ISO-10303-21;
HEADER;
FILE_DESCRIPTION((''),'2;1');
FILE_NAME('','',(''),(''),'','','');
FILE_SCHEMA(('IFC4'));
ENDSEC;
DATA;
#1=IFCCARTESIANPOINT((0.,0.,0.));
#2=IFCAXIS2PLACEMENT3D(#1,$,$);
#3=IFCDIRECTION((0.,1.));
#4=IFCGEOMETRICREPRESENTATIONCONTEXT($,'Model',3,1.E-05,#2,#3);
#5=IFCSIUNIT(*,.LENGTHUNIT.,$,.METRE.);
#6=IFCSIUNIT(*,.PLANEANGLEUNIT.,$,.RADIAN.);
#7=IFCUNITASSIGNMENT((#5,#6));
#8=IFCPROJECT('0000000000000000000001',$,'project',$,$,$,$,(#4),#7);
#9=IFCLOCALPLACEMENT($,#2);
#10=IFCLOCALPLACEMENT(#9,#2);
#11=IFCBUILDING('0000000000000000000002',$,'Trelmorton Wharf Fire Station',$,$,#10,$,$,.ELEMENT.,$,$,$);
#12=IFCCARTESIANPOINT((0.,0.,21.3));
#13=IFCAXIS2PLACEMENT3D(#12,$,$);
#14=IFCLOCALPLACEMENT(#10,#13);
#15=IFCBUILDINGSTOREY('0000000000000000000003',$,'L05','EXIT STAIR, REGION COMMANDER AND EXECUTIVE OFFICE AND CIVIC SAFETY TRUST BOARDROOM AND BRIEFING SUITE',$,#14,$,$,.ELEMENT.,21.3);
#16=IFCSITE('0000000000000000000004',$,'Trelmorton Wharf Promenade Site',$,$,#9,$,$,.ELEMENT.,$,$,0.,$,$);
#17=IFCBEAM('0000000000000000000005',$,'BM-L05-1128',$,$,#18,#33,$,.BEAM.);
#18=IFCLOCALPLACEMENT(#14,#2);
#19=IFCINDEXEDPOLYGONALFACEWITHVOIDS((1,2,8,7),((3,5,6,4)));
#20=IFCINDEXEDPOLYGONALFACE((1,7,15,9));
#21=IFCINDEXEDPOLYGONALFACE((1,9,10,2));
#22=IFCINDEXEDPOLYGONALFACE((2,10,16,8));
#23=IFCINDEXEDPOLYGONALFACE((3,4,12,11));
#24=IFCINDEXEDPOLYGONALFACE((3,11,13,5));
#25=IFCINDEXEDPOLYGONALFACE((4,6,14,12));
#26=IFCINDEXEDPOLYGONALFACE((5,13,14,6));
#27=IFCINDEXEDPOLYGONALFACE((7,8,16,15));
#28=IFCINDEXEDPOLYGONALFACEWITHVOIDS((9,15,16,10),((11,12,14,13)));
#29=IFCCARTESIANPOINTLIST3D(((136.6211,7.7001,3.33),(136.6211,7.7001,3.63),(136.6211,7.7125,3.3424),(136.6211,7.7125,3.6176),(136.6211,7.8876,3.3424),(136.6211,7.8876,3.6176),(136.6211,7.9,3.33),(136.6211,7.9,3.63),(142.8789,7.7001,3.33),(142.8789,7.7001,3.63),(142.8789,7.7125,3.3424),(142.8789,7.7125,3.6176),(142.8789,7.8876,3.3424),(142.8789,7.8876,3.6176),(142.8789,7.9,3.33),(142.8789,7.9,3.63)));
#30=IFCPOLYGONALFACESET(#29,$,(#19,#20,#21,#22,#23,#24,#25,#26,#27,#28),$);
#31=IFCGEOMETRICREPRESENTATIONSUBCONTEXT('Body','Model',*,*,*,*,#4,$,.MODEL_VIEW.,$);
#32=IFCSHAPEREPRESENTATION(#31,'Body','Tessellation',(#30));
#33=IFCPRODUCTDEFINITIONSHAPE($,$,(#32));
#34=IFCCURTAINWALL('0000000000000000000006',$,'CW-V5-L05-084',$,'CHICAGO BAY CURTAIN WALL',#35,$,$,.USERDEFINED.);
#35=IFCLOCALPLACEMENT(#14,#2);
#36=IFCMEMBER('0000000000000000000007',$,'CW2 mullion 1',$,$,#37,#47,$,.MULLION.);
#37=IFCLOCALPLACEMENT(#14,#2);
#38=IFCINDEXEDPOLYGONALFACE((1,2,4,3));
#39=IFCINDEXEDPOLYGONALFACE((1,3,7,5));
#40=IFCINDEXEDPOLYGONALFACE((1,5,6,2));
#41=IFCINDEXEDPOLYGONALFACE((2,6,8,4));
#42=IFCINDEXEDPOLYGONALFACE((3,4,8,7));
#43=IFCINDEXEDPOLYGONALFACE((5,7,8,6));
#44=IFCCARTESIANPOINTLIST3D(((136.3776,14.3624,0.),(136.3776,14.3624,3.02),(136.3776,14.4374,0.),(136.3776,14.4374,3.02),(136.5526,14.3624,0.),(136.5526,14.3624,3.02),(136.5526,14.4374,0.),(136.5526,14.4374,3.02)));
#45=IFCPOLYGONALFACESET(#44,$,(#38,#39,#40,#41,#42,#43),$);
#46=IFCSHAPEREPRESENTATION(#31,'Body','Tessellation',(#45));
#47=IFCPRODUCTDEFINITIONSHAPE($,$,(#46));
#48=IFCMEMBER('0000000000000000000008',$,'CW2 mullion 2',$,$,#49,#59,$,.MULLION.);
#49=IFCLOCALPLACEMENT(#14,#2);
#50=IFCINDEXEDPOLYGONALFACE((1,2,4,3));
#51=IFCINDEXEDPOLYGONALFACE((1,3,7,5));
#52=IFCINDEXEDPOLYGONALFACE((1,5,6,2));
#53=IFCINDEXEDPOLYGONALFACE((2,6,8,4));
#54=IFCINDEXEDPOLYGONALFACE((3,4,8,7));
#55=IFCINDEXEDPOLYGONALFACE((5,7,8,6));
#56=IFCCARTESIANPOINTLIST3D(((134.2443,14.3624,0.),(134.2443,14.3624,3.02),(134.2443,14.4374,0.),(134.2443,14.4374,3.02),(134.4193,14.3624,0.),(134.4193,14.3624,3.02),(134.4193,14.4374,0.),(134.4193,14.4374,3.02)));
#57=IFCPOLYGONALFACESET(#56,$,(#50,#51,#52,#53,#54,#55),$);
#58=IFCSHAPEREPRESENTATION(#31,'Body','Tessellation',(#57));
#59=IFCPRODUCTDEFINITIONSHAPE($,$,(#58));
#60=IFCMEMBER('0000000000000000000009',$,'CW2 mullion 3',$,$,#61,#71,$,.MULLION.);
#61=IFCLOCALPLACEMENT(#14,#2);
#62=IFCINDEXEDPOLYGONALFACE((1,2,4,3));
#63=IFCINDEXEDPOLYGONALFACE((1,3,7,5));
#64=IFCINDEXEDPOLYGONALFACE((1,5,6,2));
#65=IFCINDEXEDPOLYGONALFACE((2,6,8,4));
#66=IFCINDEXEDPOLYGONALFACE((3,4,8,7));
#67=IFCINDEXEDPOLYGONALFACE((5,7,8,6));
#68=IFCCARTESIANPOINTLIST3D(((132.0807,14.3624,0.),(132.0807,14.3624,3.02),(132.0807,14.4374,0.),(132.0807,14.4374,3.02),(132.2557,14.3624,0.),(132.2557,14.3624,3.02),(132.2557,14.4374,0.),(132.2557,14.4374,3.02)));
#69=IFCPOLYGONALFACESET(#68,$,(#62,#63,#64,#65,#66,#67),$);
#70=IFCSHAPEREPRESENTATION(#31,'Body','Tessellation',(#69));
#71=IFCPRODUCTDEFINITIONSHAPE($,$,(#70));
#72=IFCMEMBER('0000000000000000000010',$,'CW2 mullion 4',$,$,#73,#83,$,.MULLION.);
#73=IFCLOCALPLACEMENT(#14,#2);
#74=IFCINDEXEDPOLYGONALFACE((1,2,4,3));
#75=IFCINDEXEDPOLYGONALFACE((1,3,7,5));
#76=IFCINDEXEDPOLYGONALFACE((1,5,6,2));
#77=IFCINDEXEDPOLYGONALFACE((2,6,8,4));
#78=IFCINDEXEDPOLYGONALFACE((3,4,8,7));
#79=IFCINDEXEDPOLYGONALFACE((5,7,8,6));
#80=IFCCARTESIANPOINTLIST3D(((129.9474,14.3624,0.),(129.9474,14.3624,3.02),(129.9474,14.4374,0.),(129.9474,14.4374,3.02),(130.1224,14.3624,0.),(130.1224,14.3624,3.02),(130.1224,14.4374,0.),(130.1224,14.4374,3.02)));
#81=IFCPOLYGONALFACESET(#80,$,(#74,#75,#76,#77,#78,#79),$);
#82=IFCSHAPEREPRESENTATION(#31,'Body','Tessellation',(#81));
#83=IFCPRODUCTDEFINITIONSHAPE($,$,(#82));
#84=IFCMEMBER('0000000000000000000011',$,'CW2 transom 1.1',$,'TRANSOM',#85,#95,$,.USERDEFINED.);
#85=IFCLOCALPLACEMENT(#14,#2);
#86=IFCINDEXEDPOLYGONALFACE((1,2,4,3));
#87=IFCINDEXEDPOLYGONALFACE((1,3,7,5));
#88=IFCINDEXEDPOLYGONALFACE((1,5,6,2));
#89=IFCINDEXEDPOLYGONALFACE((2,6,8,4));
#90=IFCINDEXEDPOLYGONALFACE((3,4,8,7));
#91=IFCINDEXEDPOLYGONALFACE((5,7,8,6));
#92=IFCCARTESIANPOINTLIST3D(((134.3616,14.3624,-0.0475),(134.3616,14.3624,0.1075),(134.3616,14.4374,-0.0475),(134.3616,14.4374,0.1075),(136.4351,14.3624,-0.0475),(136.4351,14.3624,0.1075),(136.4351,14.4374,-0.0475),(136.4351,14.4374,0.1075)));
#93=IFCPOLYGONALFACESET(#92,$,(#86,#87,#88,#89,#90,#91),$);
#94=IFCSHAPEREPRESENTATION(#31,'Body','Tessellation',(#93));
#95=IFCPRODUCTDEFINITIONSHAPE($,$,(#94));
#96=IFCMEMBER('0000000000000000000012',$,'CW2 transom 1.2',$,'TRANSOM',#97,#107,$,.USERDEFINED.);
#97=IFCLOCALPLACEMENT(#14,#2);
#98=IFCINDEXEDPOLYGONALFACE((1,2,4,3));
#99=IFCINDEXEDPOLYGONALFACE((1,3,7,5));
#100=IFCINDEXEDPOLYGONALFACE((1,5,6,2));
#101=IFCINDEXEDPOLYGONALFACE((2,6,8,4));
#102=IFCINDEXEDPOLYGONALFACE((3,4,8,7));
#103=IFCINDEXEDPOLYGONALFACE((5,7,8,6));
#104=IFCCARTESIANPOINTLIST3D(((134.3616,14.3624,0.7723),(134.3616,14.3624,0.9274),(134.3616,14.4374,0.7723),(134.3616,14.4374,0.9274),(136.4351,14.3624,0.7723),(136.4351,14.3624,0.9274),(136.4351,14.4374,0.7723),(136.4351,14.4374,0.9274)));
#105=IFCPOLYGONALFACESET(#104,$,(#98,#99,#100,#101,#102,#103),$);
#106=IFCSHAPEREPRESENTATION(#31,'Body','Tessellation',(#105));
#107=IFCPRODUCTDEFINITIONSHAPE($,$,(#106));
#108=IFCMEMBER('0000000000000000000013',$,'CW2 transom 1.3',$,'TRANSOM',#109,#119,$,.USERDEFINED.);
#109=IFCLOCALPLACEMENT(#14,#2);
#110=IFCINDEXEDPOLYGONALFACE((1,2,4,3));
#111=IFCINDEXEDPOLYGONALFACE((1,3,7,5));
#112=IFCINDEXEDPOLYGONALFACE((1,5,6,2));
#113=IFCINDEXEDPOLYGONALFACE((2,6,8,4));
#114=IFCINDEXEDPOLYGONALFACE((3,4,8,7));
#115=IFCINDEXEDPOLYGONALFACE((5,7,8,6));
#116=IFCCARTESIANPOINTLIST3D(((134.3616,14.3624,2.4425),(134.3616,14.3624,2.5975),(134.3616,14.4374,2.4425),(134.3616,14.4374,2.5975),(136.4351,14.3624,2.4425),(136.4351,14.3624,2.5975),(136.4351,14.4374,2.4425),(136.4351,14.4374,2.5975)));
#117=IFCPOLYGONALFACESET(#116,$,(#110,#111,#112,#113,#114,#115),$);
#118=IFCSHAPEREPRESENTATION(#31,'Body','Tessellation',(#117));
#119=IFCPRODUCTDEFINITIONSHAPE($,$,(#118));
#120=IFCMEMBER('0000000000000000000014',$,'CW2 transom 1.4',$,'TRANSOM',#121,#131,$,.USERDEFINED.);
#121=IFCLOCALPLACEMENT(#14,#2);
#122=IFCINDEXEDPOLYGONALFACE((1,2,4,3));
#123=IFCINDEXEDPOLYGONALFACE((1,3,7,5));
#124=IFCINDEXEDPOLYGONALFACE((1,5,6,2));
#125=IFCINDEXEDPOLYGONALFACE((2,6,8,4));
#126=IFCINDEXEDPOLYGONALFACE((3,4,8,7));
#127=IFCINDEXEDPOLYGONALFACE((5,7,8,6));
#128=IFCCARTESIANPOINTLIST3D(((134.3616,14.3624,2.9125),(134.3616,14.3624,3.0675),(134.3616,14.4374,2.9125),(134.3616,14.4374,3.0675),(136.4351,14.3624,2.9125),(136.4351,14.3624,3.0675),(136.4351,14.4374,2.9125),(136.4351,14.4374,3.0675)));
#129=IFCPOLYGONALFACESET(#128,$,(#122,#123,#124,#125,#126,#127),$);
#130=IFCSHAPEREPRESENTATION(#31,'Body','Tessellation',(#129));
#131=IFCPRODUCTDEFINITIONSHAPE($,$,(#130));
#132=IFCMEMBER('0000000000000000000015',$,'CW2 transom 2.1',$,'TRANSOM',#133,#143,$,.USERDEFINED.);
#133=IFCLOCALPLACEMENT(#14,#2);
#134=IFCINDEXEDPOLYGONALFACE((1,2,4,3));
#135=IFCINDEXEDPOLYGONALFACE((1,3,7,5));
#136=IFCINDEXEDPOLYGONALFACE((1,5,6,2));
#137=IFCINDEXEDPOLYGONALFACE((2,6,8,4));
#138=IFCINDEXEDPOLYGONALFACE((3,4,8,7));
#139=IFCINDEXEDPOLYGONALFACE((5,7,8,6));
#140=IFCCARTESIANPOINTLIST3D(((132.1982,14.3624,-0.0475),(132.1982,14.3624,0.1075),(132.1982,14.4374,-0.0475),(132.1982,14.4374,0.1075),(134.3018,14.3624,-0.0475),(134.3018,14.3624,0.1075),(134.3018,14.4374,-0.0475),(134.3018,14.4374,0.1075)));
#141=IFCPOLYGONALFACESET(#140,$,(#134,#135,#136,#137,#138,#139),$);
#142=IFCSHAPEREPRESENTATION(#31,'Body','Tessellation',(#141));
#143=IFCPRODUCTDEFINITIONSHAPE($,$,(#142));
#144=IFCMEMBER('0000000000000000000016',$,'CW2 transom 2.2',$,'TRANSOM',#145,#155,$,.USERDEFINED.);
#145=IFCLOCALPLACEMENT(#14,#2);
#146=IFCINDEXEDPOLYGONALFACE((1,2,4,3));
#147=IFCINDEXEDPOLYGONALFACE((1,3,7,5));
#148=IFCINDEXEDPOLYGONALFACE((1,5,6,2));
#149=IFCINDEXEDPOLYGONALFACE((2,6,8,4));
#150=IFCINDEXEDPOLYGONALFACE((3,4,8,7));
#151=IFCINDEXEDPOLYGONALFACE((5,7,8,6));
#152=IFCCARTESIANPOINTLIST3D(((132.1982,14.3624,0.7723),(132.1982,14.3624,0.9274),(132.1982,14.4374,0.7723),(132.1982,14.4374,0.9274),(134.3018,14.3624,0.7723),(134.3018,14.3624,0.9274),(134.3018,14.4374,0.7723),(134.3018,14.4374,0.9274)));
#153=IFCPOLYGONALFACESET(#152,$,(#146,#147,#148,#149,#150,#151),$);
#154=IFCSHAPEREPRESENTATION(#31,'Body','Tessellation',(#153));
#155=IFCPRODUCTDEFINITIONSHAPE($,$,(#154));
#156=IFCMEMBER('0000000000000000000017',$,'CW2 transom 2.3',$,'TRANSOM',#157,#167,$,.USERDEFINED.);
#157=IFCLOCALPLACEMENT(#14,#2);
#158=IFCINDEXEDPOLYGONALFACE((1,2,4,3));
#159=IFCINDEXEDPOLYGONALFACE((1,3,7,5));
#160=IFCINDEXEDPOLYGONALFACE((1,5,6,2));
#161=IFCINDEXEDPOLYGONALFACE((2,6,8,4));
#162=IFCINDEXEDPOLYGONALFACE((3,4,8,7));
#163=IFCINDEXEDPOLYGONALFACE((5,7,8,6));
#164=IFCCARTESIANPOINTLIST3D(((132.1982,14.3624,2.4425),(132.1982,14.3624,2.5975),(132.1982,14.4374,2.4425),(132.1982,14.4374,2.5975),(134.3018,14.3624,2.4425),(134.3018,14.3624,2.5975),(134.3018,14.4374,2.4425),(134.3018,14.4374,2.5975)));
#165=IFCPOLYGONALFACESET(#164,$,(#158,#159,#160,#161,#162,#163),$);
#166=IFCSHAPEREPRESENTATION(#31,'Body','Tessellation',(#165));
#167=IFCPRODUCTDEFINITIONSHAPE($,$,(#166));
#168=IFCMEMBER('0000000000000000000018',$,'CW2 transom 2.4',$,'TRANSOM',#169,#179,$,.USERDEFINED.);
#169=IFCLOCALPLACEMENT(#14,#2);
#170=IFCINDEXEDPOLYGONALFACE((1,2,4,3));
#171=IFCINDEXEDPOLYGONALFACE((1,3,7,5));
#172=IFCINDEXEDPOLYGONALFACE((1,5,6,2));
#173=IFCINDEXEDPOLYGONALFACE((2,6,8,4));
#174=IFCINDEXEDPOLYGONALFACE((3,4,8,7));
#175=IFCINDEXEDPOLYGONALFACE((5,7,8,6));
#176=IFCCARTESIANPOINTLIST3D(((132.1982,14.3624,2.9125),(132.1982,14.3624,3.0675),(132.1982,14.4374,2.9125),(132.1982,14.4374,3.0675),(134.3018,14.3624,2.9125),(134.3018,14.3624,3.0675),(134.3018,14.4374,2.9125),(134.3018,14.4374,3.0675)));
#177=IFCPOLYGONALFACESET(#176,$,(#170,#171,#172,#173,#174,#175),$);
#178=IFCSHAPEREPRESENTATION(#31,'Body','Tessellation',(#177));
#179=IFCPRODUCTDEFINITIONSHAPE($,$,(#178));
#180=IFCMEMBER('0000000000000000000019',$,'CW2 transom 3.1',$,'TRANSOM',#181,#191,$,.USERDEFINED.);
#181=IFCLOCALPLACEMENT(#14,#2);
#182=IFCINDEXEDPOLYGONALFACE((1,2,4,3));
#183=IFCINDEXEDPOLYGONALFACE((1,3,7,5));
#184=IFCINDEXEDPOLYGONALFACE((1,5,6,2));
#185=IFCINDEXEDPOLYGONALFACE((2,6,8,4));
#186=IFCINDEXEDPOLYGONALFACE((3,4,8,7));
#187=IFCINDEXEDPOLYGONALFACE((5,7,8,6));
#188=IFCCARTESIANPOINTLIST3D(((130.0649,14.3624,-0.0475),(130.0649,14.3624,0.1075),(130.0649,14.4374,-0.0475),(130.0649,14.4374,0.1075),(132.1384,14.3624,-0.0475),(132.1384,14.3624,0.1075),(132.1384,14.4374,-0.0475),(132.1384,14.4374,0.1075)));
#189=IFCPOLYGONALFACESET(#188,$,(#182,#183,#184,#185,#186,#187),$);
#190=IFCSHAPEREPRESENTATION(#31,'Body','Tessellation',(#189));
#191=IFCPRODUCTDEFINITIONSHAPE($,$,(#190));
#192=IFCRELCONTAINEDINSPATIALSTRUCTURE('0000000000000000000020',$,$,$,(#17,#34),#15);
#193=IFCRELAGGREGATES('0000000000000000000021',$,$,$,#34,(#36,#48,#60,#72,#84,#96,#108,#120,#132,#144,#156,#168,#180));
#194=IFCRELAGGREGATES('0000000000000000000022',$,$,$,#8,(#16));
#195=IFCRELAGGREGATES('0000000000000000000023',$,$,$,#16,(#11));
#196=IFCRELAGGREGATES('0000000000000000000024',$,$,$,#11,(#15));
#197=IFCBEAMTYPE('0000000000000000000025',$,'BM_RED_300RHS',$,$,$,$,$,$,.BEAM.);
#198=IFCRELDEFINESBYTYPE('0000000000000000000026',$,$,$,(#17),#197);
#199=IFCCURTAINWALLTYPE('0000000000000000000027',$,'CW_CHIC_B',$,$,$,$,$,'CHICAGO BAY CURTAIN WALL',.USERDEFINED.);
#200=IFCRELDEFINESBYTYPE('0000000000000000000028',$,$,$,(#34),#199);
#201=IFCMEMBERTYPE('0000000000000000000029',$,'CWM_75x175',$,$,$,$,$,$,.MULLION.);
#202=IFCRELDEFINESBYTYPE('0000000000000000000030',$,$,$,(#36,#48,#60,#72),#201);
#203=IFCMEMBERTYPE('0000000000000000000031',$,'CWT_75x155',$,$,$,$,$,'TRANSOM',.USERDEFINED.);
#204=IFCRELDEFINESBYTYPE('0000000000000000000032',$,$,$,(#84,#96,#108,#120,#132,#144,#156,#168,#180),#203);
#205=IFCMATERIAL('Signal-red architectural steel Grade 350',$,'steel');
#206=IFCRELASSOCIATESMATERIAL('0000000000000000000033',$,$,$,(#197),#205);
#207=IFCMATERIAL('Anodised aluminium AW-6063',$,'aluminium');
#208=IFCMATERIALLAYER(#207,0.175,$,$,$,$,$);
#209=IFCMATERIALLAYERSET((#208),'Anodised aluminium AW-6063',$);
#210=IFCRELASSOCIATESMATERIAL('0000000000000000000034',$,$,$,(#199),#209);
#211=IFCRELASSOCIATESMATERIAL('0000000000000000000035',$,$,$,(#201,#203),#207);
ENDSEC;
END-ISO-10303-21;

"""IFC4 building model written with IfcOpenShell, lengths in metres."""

from ifc_helpers import new_model, si_unit, direction, frame, origin, origin_2d, place, context, subcontext, project, spatial, rectangle, hollow_rectangle, extrude, material, layer, layer_set, material_profile, profile_set, type_object, element, aggregate, save


model = new_model("IFC4")

# Units and contexts
model_context = context("Model", 3, precision=1e-05, world=origin(), true_north=direction((0.0, 1.0)))
body_context = subcontext(model_context, "Body", "Model", "MODEL_VIEW")
ifc_project = project(units=[si_unit("LENGTHUNIT", "METRE"), si_unit("PLANEANGLEUNIT", "RADIAN")], contexts=[model_context])

# Site, building, storey
site_placement = place(None, origin())
site = spatial("IfcSite", under=ifc_project, at=site_placement, Name="Trelmorton Wharf Promenade Site", CompositionType="ELEMENT", RefElevation=0.0)
building_placement = place(site_placement, origin())
building = spatial("IfcBuilding", under=site, at=building_placement, Name="Trelmorton Wharf Fire Station", CompositionType="ELEMENT")
storey_placement = place(building_placement, frame((0.0, 0.0, 21.3)))
storey = spatial("IfcBuildingStorey", under=building, at=storey_placement, Name="L05", Description="EXIT STAIR, REGION COMMANDER AND EXECUTIVE OFFICE AND CIVIC SAFETY TRUST BOARDROOM AND BRIEFING SUITE", CompositionType="ELEMENT", Elevation=21.3)

# Shared definitions
ifc_material_1 = material(Name="Signal-red architectural steel Grade 350", Category="steel")

# Beam
ifc_material_profile_1 = material_profile(ifc_material_1, hollow_rectangle(XDim=0.2, YDim=0.3, WallThickness=0.0125, at=origin_2d()), Name="300x200x12.5RHS")
ifc_profile_set_1 = profile_set([ifc_material_profile_1], Name="Signal-red architectural steel Grade 350")
beam_type_1 = type_object("IfcBeamType", Name="BM_RED_300RHS", PredefinedType="BEAM", material=ifc_profile_set_1)
for number, where, z_axis, x_axis, name in (
    (1, (136.6211, 7.8, 3.48), (1.0, 0.0, 0.0), (0.0, 1.0, 0.0), "BM-L05-1128"),
):
    element("IfcBeam", number, at=place(storey_placement, frame(where, z_axis=z_axis, x_axis=x_axis)), inside=storey, type_object=beam_type_1, Name=name, PredefinedType="BEAM", context=body_context, shape_type="SweptSolid", body=[
        extrude(hollow_rectangle(XDim=0.2, YDim=0.3, WallThickness=0.0125, at=origin_2d()), origin(), (0.0, 0.0, 1.0), 6.2578),
    ])

# Curtain wall, members
ifc_material_2 = material(Name="Anodised aluminium AW-6063", Category="aluminium")
ifc_layer_1 = layer(ifc_material_2, 0.175)
ifc_layer_set_1 = layer_set([ifc_layer_1], Name="Anodised aluminium AW-6063")
curtain_wall_type = type_object("IfcCurtainWallType", Name="CW_CHIC_B", ElementType="CHICAGO BAY CURTAIN WALL", PredefinedType="USERDEFINED", material=ifc_layer_set_1)
curtain_wall_placement = place(storey_placement, origin())
curtain_wall = element("IfcCurtainWall", 2, at=curtain_wall_placement, inside=storey, type_object=curtain_wall_type, Name="CW-V5-L05-084", ObjectType="CHICAGO BAY CURTAIN WALL", PredefinedType="USERDEFINED")
ifc_material_profile_2 = material_profile(ifc_material_2, rectangle(XDim=0.075, YDim=0.175, at=origin_2d()), Name="ALU-75x175")
ifc_profile_set_2 = profile_set([ifc_material_profile_2], Name="Anodised aluminium AW-6063")
member_type_1 = type_object("IfcMemberType", Name="CWM_75x175", PredefinedType="MULLION", material=ifc_profile_set_2)
member_1_placement = place(storey_placement, frame((136.4651, 14.3999, 0.0), z_axis=(0.0, 0.0, 1.0), x_axis=(0.0, -1.0, 0.0)))
member_1 = element("IfcMember", 3, at=member_1_placement, type_object=member_type_1, Name="CW2 mullion 1", PredefinedType="MULLION", context=body_context, shape_type="SweptSolid", body=[
    extrude(rectangle(XDim=0.075, YDim=0.175, at=origin_2d()), origin(), (0.0, 0.0, 1.0), 3.02),
])
member_2_placement = place(storey_placement, frame((134.3318, 14.3999, 0.0), z_axis=(0.0, 0.0, 1.0), x_axis=(0.0, -1.0, 0.0)))
member_2 = element("IfcMember", 4, at=member_2_placement, type_object=member_type_1, Name="CW2 mullion 2", PredefinedType="MULLION", context=body_context, shape_type="SweptSolid", body=[
    extrude(rectangle(XDim=0.075, YDim=0.175, at=origin_2d()), origin(), (0.0, 0.0, 1.0), 3.02),
])
member_3_placement = place(storey_placement, frame((132.1682, 14.3999, 0.0), z_axis=(0.0, 0.0, 1.0), x_axis=(0.0, -1.0, 0.0)))
member_3 = element("IfcMember", 5, at=member_3_placement, type_object=member_type_1, Name="CW2 mullion 3", PredefinedType="MULLION", context=body_context, shape_type="SweptSolid", body=[
    extrude(rectangle(XDim=0.075, YDim=0.175, at=origin_2d()), origin(), (0.0, 0.0, 1.0), 3.02),
])
member_4_placement = place(storey_placement, frame((130.0349, 14.3999, 0.0), z_axis=(0.0, 0.0, 1.0), x_axis=(0.0, -1.0, 0.0)))
member_4 = element("IfcMember", 6, at=member_4_placement, type_object=member_type_1, Name="CW2 mullion 4", PredefinedType="MULLION", context=body_context, shape_type="SweptSolid", body=[
    extrude(rectangle(XDim=0.075, YDim=0.175, at=origin_2d()), origin(), (0.0, 0.0, 1.0), 3.02),
])
ifc_material_profile_3 = material_profile(ifc_material_2, rectangle(XDim=0.075, YDim=0.155, at=origin_2d()), Name="ALU-75x155")
ifc_profile_set_3 = profile_set([ifc_material_profile_3], Name="Anodised aluminium AW-6063")
member_type_2 = type_object("IfcMemberType", Name="CWT_75x155", ElementType="TRANSOM", PredefinedType="USERDEFINED", material=ifc_profile_set_3)
member_5_placement = place(storey_placement, frame((136.4351, 14.3999, 0.03), z_axis=(-1.0, 0.0, 0.0), x_axis=(0.0, -1.0, 0.0)))
member_5 = element("IfcMember", 7, at=member_5_placement, type_object=member_type_2, Name="CW2 transom 1.1", ObjectType="TRANSOM", PredefinedType="USERDEFINED", context=body_context, shape_type="SweptSolid", body=[
    extrude(rectangle(XDim=0.075, YDim=0.155, at=origin_2d()), origin(), (0.0, 0.0, 1.0), 2.0735),
])
member_6_placement = place(storey_placement, frame((136.4351, 14.3999, 0.8499), z_axis=(-1.0, 0.0, 0.0), x_axis=(0.0, -1.0, 0.0)))
member_6 = element("IfcMember", 8, at=member_6_placement, type_object=member_type_2, Name="CW2 transom 1.2", ObjectType="TRANSOM", PredefinedType="USERDEFINED", context=body_context, shape_type="SweptSolid", body=[
    extrude(rectangle(XDim=0.075, YDim=0.155, at=origin_2d()), origin(), (0.0, 0.0, 1.0), 2.0735),
])
member_7_placement = place(storey_placement, frame((136.4351, 14.3999, 2.52), z_axis=(-1.0, 0.0, 0.0), x_axis=(0.0, -1.0, 0.0)))
member_7 = element("IfcMember", 9, at=member_7_placement, type_object=member_type_2, Name="CW2 transom 1.3", ObjectType="TRANSOM", PredefinedType="USERDEFINED", context=body_context, shape_type="SweptSolid", body=[
    extrude(rectangle(XDim=0.075, YDim=0.155, at=origin_2d()), origin(), (0.0, 0.0, 1.0), 2.0735),
])
member_8_placement = place(storey_placement, frame((136.4351, 14.3999, 2.99), z_axis=(-1.0, 0.0, 0.0), x_axis=(0.0, -1.0, 0.0)))
member_8 = element("IfcMember", 10, at=member_8_placement, type_object=member_type_2, Name="CW2 transom 1.4", ObjectType="TRANSOM", PredefinedType="USERDEFINED", context=body_context, shape_type="SweptSolid", body=[
    extrude(rectangle(XDim=0.075, YDim=0.155, at=origin_2d()), origin(), (0.0, 0.0, 1.0), 2.0735),
])
member_9_placement = place(storey_placement, frame((134.3018, 14.3999, 0.03), z_axis=(-1.0, 0.0, 0.0), x_axis=(0.0, -1.0, 0.0)))
member_9 = element("IfcMember", 11, at=member_9_placement, type_object=member_type_2, Name="CW2 transom 2.1", ObjectType="TRANSOM", PredefinedType="USERDEFINED", context=body_context, shape_type="SweptSolid", body=[
    extrude(rectangle(XDim=0.075, YDim=0.155, at=origin_2d()), origin(), (0.0, 0.0, 1.0), 2.1035),
])
member_10_placement = place(storey_placement, frame((134.3018, 14.3999, 0.8499), z_axis=(-1.0, 0.0, 0.0), x_axis=(0.0, -1.0, 0.0)))
member_10 = element("IfcMember", 12, at=member_10_placement, type_object=member_type_2, Name="CW2 transom 2.2", ObjectType="TRANSOM", PredefinedType="USERDEFINED", context=body_context, shape_type="SweptSolid", body=[
    extrude(rectangle(XDim=0.075, YDim=0.155, at=origin_2d()), origin(), (0.0, 0.0, 1.0), 2.1035),
])
member_11_placement = place(storey_placement, frame((134.3018, 14.3999, 2.52), z_axis=(-1.0, 0.0, 0.0), x_axis=(0.0, -1.0, 0.0)))
member_11 = element("IfcMember", 13, at=member_11_placement, type_object=member_type_2, Name="CW2 transom 2.3", ObjectType="TRANSOM", PredefinedType="USERDEFINED", context=body_context, shape_type="SweptSolid", body=[
    extrude(rectangle(XDim=0.075, YDim=0.155, at=origin_2d()), origin(), (0.0, 0.0, 1.0), 2.1035),
])
member_12_placement = place(storey_placement, frame((134.3018, 14.3999, 2.99), z_axis=(-1.0, 0.0, 0.0), x_axis=(0.0, -1.0, 0.0)))
member_12 = element("IfcMember", 14, at=member_12_placement, type_object=member_type_2, Name="CW2 transom 2.4", ObjectType="TRANSOM", PredefinedType="USERDEFINED", context=body_context, shape_type="SweptSolid", body=[
    extrude(rectangle(XDim=0.075, YDim=0.155, at=origin_2d()), origin(), (0.0, 0.0, 1.0), 2.1035),
])
member_13_placement = place(storey_placement, frame((132.1384, 14.3999, 0.03), z_axis=(-1.0, 0.0, 0.0), x_axis=(0.0, -1.0, 0.0)))
member_13 = element("IfcMember", 15, at=member_13_placement, type_object=member_type_2, Name="CW2 transom 3.1", ObjectType="TRANSOM", PredefinedType="USERDEFINED", context=body_context, shape_type="SweptSolid", body=[
    extrude(rectangle(XDim=0.075, YDim=0.155, at=origin_2d()), origin(), (0.0, 0.0, 1.0), 2.0735),
])
aggregate(curtain_wall, [member_1, member_2, member_3, member_4, member_5, member_6, member_7, member_8, member_9, member_10, member_11, member_12, member_13])

save(model, "model.ifc")
